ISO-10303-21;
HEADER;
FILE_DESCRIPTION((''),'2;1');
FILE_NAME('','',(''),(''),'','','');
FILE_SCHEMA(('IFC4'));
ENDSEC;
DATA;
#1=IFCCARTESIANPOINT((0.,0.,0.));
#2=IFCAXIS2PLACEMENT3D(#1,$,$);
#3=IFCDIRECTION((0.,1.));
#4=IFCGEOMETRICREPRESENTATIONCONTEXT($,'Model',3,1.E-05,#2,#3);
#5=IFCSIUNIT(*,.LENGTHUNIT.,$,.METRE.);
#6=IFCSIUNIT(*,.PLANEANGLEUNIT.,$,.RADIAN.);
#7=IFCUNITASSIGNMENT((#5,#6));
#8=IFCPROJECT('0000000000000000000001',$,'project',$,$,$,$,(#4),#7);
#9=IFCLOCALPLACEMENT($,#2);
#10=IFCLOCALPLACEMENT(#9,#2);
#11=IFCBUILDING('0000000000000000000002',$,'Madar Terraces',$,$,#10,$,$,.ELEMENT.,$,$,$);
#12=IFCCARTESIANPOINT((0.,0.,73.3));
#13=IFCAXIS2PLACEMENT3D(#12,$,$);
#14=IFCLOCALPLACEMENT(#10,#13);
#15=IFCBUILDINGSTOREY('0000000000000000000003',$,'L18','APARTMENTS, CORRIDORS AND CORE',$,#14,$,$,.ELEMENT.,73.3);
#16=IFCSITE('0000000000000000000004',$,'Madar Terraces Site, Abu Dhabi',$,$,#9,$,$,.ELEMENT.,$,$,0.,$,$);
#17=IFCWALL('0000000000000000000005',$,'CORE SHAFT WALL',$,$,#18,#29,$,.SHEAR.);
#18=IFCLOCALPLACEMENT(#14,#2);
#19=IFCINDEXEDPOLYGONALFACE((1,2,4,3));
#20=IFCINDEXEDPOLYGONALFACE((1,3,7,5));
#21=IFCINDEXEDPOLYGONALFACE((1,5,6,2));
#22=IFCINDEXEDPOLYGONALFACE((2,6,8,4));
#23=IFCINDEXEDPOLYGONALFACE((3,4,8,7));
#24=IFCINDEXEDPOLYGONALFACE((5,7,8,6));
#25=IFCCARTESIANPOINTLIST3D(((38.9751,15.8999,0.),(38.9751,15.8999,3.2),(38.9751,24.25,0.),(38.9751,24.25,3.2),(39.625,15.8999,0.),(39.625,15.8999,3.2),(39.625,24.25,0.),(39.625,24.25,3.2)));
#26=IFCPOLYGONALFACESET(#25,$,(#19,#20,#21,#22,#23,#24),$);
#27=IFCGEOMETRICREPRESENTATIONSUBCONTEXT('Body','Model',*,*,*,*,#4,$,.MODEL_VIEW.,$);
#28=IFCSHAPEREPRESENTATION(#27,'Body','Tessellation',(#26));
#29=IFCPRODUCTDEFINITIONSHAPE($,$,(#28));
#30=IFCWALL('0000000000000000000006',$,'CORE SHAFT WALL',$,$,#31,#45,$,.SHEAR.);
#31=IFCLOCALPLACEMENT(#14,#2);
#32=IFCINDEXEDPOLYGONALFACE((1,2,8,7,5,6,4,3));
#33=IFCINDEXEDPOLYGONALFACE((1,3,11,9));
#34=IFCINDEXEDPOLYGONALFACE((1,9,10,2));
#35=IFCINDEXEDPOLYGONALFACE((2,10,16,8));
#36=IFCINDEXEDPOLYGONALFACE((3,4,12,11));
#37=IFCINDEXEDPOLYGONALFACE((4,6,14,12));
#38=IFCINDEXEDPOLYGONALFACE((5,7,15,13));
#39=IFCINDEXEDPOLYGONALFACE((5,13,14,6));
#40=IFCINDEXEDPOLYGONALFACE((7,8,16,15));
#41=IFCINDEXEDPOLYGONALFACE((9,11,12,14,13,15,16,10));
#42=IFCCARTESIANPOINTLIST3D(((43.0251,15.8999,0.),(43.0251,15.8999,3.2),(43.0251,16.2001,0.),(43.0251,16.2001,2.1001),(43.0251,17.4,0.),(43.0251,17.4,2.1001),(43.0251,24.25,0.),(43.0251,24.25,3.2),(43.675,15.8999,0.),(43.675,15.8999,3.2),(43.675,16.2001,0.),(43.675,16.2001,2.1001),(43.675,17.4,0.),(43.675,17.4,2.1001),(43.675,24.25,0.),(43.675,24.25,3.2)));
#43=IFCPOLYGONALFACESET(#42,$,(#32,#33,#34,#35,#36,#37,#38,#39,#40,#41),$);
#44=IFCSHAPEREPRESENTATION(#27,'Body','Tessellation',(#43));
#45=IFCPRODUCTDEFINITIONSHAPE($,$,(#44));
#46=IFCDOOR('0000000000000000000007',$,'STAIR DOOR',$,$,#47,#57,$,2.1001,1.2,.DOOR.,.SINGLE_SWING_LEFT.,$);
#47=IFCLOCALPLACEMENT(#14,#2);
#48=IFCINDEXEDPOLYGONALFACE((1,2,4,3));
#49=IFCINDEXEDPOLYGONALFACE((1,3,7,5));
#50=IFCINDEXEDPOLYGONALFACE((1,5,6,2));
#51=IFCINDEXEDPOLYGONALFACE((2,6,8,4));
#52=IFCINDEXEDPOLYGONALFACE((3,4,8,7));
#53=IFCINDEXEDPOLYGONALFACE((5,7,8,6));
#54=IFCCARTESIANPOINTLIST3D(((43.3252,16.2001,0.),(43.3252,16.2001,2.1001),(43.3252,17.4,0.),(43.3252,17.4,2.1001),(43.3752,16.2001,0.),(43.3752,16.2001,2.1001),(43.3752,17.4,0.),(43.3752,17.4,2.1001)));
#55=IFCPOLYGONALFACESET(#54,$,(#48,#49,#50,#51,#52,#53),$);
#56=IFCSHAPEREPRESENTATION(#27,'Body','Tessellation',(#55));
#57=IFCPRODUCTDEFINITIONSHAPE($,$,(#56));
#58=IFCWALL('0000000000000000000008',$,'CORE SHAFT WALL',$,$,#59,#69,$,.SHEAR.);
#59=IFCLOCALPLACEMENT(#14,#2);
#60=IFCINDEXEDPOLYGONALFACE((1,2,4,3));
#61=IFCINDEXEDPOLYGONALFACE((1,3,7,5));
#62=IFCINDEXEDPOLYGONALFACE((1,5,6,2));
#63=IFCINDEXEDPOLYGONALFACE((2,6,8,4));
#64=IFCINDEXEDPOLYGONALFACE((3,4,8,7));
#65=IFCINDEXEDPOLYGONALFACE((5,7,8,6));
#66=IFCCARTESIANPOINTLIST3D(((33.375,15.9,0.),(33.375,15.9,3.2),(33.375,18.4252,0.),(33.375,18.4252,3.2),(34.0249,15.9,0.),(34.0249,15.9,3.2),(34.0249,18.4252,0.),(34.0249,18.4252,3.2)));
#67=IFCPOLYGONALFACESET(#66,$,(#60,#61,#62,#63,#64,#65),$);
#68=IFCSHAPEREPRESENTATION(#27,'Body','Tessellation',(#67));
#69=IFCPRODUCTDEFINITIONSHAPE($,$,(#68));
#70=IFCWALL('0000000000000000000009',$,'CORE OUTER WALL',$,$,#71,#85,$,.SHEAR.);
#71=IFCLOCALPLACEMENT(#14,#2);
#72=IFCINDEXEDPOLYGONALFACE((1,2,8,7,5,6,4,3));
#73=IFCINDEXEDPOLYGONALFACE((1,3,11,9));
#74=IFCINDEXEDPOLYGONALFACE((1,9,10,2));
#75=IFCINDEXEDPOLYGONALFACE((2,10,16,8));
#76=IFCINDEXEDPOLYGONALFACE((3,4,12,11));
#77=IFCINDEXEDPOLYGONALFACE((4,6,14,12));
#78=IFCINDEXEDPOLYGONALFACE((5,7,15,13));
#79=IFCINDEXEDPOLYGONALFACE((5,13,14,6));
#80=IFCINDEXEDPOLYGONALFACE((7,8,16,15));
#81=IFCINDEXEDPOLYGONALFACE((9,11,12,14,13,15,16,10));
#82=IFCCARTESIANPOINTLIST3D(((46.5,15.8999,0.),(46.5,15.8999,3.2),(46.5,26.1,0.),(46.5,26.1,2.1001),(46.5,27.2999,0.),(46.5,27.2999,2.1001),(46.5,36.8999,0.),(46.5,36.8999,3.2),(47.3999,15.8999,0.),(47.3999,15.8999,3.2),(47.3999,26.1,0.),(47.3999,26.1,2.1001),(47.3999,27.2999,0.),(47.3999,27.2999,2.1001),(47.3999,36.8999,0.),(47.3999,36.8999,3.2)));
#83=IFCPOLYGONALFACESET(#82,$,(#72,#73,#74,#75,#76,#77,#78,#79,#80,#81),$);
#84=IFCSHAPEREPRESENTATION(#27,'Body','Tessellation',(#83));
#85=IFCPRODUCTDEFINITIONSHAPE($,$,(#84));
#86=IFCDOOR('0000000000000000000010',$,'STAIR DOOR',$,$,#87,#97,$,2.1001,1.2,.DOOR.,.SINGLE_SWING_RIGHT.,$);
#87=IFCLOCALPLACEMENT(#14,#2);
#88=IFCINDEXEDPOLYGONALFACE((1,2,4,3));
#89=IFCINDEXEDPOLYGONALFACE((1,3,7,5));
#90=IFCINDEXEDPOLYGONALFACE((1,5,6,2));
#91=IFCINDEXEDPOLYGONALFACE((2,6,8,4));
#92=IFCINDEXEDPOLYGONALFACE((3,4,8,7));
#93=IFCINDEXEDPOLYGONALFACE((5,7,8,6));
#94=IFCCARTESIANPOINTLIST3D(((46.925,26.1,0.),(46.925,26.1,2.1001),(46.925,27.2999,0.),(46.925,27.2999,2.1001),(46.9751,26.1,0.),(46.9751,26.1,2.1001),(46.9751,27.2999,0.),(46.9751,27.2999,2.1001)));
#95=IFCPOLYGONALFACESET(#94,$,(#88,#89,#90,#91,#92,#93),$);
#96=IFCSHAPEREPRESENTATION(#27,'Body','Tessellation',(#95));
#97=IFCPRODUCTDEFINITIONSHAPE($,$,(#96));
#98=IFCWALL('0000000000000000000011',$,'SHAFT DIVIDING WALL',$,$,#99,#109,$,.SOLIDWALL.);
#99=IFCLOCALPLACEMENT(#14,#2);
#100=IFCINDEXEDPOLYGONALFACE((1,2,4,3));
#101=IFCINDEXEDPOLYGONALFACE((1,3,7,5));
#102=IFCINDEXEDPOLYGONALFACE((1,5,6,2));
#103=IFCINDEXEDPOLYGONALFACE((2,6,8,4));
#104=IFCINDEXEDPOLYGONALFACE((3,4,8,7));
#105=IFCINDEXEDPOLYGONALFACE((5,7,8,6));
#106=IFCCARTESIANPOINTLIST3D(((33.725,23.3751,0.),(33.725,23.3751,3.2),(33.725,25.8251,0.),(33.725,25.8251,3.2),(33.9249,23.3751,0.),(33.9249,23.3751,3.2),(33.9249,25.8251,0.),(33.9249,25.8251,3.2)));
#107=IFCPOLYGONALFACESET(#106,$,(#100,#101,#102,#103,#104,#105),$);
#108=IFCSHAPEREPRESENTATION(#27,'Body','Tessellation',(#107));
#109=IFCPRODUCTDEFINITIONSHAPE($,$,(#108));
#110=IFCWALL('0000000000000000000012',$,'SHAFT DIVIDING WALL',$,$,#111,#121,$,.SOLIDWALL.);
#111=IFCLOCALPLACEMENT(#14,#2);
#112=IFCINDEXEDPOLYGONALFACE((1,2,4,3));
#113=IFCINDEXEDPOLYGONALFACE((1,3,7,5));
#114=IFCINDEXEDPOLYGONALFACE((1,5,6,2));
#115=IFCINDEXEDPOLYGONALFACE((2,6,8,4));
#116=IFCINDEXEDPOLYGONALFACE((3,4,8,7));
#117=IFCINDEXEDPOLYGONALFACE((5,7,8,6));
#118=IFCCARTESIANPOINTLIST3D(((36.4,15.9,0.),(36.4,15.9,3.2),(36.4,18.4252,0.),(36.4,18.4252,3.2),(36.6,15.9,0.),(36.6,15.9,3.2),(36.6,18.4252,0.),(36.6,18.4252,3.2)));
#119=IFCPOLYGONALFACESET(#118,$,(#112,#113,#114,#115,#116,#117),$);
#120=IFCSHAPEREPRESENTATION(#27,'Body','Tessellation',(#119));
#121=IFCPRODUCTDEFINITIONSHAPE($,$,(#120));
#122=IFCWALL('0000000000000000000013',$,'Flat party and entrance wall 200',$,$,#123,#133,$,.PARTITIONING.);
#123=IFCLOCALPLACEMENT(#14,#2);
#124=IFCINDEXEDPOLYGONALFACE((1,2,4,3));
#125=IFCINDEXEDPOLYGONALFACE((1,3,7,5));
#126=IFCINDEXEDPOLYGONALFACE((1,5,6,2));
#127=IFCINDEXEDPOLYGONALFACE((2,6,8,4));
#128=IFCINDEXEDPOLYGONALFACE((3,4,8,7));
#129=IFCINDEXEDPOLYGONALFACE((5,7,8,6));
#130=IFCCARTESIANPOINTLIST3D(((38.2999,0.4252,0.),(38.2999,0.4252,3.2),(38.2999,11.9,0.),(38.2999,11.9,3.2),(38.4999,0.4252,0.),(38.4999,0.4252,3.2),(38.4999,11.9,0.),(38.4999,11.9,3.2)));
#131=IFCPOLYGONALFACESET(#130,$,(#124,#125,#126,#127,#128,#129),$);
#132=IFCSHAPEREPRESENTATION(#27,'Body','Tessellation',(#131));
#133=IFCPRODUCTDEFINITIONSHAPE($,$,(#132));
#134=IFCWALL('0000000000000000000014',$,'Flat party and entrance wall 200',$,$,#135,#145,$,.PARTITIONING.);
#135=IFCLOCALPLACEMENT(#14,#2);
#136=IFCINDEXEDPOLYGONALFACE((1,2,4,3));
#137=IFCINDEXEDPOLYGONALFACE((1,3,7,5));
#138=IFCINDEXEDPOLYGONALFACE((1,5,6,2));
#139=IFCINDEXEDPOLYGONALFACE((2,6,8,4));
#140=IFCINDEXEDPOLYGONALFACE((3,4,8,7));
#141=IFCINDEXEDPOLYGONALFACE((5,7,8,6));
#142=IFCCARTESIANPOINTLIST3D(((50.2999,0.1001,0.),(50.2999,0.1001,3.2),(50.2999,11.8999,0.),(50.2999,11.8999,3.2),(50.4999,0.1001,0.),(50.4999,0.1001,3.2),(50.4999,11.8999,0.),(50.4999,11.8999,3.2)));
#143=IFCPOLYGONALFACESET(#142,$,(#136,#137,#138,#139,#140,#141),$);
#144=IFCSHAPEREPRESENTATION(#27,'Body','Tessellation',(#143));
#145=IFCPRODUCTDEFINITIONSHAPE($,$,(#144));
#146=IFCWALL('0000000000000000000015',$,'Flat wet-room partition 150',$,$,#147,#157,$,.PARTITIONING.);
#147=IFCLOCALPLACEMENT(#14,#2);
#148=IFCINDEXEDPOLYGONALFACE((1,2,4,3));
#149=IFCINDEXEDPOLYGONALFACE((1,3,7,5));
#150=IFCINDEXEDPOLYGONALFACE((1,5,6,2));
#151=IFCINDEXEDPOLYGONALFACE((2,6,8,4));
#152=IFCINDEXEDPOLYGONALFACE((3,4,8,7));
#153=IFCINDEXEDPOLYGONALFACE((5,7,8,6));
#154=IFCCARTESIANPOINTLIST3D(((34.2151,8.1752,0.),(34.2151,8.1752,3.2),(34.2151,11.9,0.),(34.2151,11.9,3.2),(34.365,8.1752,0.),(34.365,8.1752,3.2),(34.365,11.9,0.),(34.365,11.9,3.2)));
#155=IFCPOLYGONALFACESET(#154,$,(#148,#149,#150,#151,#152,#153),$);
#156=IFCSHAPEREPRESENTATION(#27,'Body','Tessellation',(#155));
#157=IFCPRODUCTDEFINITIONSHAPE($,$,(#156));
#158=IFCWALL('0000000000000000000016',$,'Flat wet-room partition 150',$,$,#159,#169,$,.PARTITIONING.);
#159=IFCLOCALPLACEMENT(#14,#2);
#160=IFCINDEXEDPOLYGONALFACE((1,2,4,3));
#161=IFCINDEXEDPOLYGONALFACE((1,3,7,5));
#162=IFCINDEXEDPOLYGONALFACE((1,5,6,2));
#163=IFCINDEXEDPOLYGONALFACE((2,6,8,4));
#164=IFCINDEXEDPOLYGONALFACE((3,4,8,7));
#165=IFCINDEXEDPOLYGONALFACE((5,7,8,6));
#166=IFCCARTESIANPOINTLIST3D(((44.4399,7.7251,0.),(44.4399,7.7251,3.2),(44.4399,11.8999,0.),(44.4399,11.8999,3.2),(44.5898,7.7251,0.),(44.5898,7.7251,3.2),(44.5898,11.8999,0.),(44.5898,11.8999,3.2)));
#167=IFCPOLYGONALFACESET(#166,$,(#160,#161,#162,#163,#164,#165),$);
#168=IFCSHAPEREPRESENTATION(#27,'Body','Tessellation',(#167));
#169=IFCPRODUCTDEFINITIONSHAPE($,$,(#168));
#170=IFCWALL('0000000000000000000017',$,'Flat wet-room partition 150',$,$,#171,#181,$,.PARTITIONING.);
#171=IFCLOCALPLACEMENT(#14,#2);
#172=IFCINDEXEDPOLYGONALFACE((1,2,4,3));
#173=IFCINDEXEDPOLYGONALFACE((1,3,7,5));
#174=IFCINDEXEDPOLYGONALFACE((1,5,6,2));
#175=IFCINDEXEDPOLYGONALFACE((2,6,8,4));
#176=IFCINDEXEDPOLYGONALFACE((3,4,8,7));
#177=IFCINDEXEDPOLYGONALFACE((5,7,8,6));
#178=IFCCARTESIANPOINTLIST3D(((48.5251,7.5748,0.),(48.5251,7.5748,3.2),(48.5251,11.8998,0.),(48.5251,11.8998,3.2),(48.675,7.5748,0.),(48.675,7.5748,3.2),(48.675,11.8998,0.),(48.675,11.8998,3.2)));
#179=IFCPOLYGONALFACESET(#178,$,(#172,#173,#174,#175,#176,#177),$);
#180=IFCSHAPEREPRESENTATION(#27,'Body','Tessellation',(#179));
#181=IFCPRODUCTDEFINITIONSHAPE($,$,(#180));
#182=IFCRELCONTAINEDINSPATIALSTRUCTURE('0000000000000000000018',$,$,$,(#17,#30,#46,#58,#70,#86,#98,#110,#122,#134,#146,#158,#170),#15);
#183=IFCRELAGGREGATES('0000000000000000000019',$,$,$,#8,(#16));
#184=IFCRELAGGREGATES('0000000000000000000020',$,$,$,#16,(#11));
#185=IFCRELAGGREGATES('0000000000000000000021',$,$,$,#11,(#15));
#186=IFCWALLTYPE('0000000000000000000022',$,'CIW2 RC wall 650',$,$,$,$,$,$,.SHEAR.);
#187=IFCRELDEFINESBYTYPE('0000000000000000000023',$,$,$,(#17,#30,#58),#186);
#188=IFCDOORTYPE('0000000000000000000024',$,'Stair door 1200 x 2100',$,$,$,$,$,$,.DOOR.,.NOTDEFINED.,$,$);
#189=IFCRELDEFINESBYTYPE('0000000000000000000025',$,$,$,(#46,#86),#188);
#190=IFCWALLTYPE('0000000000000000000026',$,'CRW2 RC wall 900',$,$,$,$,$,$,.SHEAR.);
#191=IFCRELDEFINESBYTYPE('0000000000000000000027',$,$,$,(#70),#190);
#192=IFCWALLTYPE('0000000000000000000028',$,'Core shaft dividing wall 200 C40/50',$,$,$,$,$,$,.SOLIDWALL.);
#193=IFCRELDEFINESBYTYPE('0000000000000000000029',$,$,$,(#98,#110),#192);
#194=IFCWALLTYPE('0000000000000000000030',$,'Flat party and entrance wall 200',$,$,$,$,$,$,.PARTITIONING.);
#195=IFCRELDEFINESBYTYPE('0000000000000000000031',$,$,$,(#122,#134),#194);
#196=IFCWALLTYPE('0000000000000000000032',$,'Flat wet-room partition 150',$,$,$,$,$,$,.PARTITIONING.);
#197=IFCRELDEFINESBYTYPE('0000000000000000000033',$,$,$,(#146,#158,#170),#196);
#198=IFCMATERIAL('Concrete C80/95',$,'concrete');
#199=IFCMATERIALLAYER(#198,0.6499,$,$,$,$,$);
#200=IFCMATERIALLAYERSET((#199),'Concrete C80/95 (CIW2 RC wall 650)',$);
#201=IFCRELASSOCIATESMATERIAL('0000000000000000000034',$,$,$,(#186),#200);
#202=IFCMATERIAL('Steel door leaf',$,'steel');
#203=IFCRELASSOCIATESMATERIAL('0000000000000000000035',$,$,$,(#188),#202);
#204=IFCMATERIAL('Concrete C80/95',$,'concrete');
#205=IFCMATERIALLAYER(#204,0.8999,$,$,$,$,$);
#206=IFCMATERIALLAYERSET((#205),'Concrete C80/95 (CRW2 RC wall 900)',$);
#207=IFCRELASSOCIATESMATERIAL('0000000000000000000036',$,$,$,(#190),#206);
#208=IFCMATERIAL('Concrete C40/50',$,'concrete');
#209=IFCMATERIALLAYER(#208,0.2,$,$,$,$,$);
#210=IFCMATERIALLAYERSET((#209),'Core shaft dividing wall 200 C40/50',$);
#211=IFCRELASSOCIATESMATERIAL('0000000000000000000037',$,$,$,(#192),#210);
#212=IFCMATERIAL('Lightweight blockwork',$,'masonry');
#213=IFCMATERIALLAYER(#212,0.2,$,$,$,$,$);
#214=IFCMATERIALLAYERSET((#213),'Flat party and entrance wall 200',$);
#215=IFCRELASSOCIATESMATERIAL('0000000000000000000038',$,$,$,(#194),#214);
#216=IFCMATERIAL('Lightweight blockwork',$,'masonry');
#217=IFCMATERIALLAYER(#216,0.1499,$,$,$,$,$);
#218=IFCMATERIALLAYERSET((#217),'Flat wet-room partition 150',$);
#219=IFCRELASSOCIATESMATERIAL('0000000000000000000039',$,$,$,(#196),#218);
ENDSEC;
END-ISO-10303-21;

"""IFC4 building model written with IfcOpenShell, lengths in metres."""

from ifc_helpers import new_model, si_unit, direction, frame, frame_2d, origin, place, context, subcontext, project, spatial, rectangle, extrude, material, layer, layer_set, type_object, element, fill, save


model = new_model("IFC4")

# Units and contexts
model_context = context("Model", 3, precision=1e-05, world=origin(), true_north=direction((0.0, 1.0)))
body_context = subcontext(model_context, "Body", "Model", "MODEL_VIEW")
ifc_project = project(units=[si_unit("LENGTHUNIT", "METRE"), si_unit("PLANEANGLEUNIT", "RADIAN")], contexts=[model_context])

# Site, building, storey
site_placement = place(None, origin())
site = spatial("IfcSite", under=ifc_project, at=site_placement, Name="Madar Terraces Site, Abu Dhabi", CompositionType="ELEMENT", RefElevation=0.0)
building_placement = place(site_placement, origin())
building = spatial("IfcBuilding", under=site, at=building_placement, Name="Madar Terraces", CompositionType="ELEMENT")
storey_placement = place(building_placement, frame((0.0, 0.0, 73.3)))
storey = spatial("IfcBuildingStorey", under=building, at=storey_placement, Name="L18", Description="APARTMENTS, CORRIDORS AND CORE", CompositionType="ELEMENT", Elevation=73.3)

# Wall
ifc_material_1 = material(Name="Concrete C80/95", Category="concrete")
ifc_layer_1 = layer(ifc_material_1, 0.6499)
ifc_layer_set_1 = layer_set([ifc_layer_1], Name="Concrete C80/95 (CIW2 RC wall 650)")
wall_type_1 = type_object("IfcWallType", Name="CIW2 RC wall 650", PredefinedType="SHEAR", material=ifc_layer_set_1)
wall_1_placement = place(storey_placement, frame((39.3, 15.8999, 0.0), z_axis=(0.0, 0.0, 1.0), x_axis=(0.0, 1.0, 0.0)))
element("IfcWall", 1, at=wall_1_placement, inside=storey, type_object=wall_type_1, Name="CORE SHAFT WALL", PredefinedType="SHEAR", context=body_context, shape_type="SweptSolid", body=[
    extrude(rectangle(XDim=8.3501, YDim=0.6499, at=frame_2d((4.175, 0.0))), origin(), (0.0, 0.0, 1.0), 3.2),
])

# Wall, opening, door
wall_2_placement = place(storey_placement, frame((43.3501, 15.8999, 0.0), z_axis=(0.0, 0.0, 1.0), x_axis=(0.0, 1.0, 0.0)))
wall_2 = element("IfcWall", 2, at=wall_2_placement, inside=storey, type_object=wall_type_1, Name="CORE SHAFT WALL", PredefinedType="SHEAR", context=body_context, shape_type="SweptSolid", body=[
    extrude(rectangle(XDim=8.3501, YDim=0.6499, at=frame_2d((4.175, 0.0))), origin(), (0.0, 0.0, 1.0), 3.2),
])
opening_1_placement = place(wall_2_placement, frame((0.3, 0.0, 0.0)))
opening_1 = element("IfcOpeningElement", 3, at=opening_1_placement, cuts=wall_2, PredefinedType="OPENING", context=body_context, shape_type="SweptSolid", body=[
    extrude(rectangle(XDim=1.2, YDim=2.1001, at=frame_2d((0.6001, 1.05))), frame((0.0, 0.335, 0.0), z_axis=(0.0, -1.0, 0.0), x_axis=(1.0, 0.0, 0.0)), (0.0, 0.0, 1.0), 0.6699),
])
ifc_material_2 = material(Name="Steel door leaf", Category="steel")
door_type_1 = type_object("IfcDoorType", Name="Stair door 1200 x 2100", OperationType="NOTDEFINED", PredefinedType="DOOR", material=ifc_material_2)
door_1_placement = place(opening_1_placement, origin())
door_1 = element("IfcDoor", 4, at=door_1_placement, inside=storey, type_object=door_type_1, Name="STAIR DOOR", OperationType="SINGLE_SWING_LEFT", OverallHeight=2.1001, OverallWidth=1.2, PredefinedType="DOOR", context=body_context, shape_type="SweptSolid", body=[
    extrude(rectangle(XDim=1.2, YDim=2.1001, at=frame_2d((0.6001, 1.05))), frame((0.0, 0.0249, 0.0), z_axis=(0.0, -1.0, 0.0), x_axis=(1.0, 0.0, 0.0)), (0.0, 0.0, 1.0), 0.05),
])
fill(opening_1, door_1)

# Wall
wall_3_placement = place(storey_placement, frame((33.7, 15.8999, 0.0), z_axis=(0.0, 0.0, 1.0), x_axis=(0.0, 1.0, 0.0)))
element("IfcWall", 5, at=wall_3_placement, inside=storey, type_object=wall_type_1, Name="CORE SHAFT WALL", PredefinedType="SHEAR", context=body_context, shape_type="SweptSolid", body=[
    extrude(rectangle(XDim=2.5251, YDim=0.6499, at=frame_2d((1.2627, 0.0))), origin(), (0.0, 0.0, 1.0), 3.2),
])

# Wall, opening, door
ifc_material_3 = material(Name="Concrete C80/95", Category="concrete")
ifc_layer_2 = layer(ifc_material_3, 0.8999)
ifc_layer_set_2 = layer_set([ifc_layer_2], Name="Concrete C80/95 (CRW2 RC wall 900)")
wall_type_2 = type_object("IfcWallType", Name="CRW2 RC wall 900", PredefinedType="SHEAR", material=ifc_layer_set_2)
wall_4_placement = place(storey_placement, frame((46.95, 15.8999, 0.0), z_axis=(0.0, 0.0, 1.0), x_axis=(0.0, 1.0, 0.0)))
wall_4 = element("IfcWall", 6, at=wall_4_placement, inside=storey, type_object=wall_type_2, Name="CORE OUTER WALL", PredefinedType="SHEAR", context=body_context, shape_type="SweptSolid", body=[
    extrude(rectangle(XDim=21.0, YDim=0.8999, at=frame_2d((10.5, 0.0))), origin(), (0.0, 0.0, 1.0), 3.2),
])
opening_2_placement = place(wall_4_placement, frame((10.2, 0.0, 0.0)))
opening_2 = element("IfcOpeningElement", 7, at=opening_2_placement, cuts=wall_4, PredefinedType="OPENING", context=body_context, shape_type="SweptSolid", body=[
    extrude(rectangle(XDim=1.2, YDim=2.1001, at=frame_2d((0.6001, 1.05))), frame((0.0, 0.46, 0.0), z_axis=(0.0, -1.0, 0.0), x_axis=(1.0, 0.0, 0.0)), (0.0, 0.0, 1.0), 0.9199),
])
door_2_placement = place(opening_2_placement, origin())
door_2 = element("IfcDoor", 8, at=door_2_placement, inside=storey, type_object=door_type_1, Name="STAIR DOOR", OperationType="SINGLE_SWING_RIGHT", OverallHeight=2.1001, OverallWidth=1.2, PredefinedType="DOOR", context=body_context, shape_type="SweptSolid", body=[
    extrude(rectangle(XDim=1.2, YDim=2.1001, at=frame_2d((0.6001, 1.05))), frame((0.0, 0.0249, 0.0), z_axis=(0.0, -1.0, 0.0), x_axis=(1.0, 0.0, 0.0)), (0.0, 0.0, 1.0), 0.05),
])
fill(opening_2, door_2)

# Walls
ifc_material_4 = material(Name="Concrete C40/50", Category="concrete")
ifc_layer_3 = layer(ifc_material_4, 0.2)
ifc_layer_set_3 = layer_set([ifc_layer_3], Name="Core shaft dividing wall 200 C40/50")
wall_type_3 = type_object("IfcWallType", Name="Core shaft dividing wall 200 C40/50", PredefinedType="SOLIDWALL", material=ifc_layer_set_3)
wall_5_placement = place(storey_placement, frame((33.825, 23.375, 0.0), z_axis=(0.0, 0.0, 1.0), x_axis=(0.0, 1.0, 0.0)))
element("IfcWall", 9, at=wall_5_placement, inside=storey, type_object=wall_type_3, Name="SHAFT DIVIDING WALL", PredefinedType="SOLIDWALL", context=body_context, shape_type="SweptSolid", body=[
    extrude(rectangle(XDim=2.45, YDim=0.2, at=frame_2d((1.2251, 0.0))), origin(), (0.0, 0.0, 1.0), 3.2),
])
wall_6_placement = place(storey_placement, frame((36.5, 15.8999, 0.0), z_axis=(0.0, 0.0, 1.0), x_axis=(0.0, 1.0, 0.0)))
element("IfcWall", 10, at=wall_6_placement, inside=storey, type_object=wall_type_3, Name="SHAFT DIVIDING WALL", PredefinedType="SOLIDWALL", context=body_context, shape_type="SweptSolid", body=[
    extrude(rectangle(XDim=2.5251, YDim=0.2, at=frame_2d((1.2627, 0.0))), origin(), (0.0, 0.0, 1.0), 3.2),
])
ifc_material_5 = material(Name="Lightweight blockwork", Category="masonry")
ifc_layer_4 = layer(ifc_material_5, 0.2)
ifc_layer_set_4 = layer_set([ifc_layer_4], Name="Flat party and entrance wall 200")
wall_type_4 = type_object("IfcWallType", Name="Flat party and entrance wall 200", PredefinedType="PARTITIONING", material=ifc_layer_set_4)
wall_7_placement = place(storey_placement, frame((38.3999, 11.8999, 0.0), z_axis=(0.0, 0.0, 1.0), x_axis=(0.0, -1.0, 0.0)))
element("IfcWall", 11, at=wall_7_placement, inside=storey, type_object=wall_type_4, Name="Flat party and entrance wall 200", PredefinedType="PARTITIONING", context=body_context, shape_type="SweptSolid", body=[
    extrude(rectangle(XDim=11.4749, YDim=0.2, at=frame_2d((5.7373, 0.0))), origin(), (0.0, 0.0, 1.0), 3.2),
])
wall_8_placement = place(storey_placement, frame((50.3999, 11.8999, 0.0), z_axis=(0.0, 0.0, 1.0), x_axis=(0.0, -1.0, 0.0)))
element("IfcWall", 12, at=wall_8_placement, inside=storey, type_object=wall_type_4, Name="Flat party and entrance wall 200", PredefinedType="PARTITIONING", context=body_context, shape_type="SweptSolid", body=[
    extrude(rectangle(XDim=11.7998, YDim=0.2, at=frame_2d((5.8999, 0.0))), origin(), (0.0, 0.0, 1.0), 3.2),
])
ifc_material_6 = material(Name="Lightweight blockwork", Category="masonry")
ifc_layer_5 = layer(ifc_material_6, 0.1499)
ifc_layer_set_5 = layer_set([ifc_layer_5], Name="Flat wet-room partition 150")
wall_type_5 = type_object("IfcWallType", Name="Flat wet-room partition 150", PredefinedType="PARTITIONING", material=ifc_layer_set_5)
wall_9_placement = place(storey_placement, frame((34.29, 11.8999, 0.0), z_axis=(0.0, 0.0, 1.0), x_axis=(0.0, -1.0, 0.0)))
element("IfcWall", 13, at=wall_9_placement, inside=storey, type_object=wall_type_5, Name="Flat wet-room partition 150", PredefinedType="PARTITIONING", context=body_context, shape_type="SweptSolid", body=[
    extrude(rectangle(XDim=3.7249, YDim=0.1499, at=frame_2d((1.8623, 0.0))), origin(), (0.0, 0.0, 1.0), 3.2),
])
wall_10_placement = place(storey_placement, frame((44.5149, 11.8999, 0.0), z_axis=(0.0, 0.0, 1.0), x_axis=(0.0, -1.0, 0.0)))
element("IfcWall", 14, at=wall_10_placement, inside=storey, type_object=wall_type_5, Name="Flat wet-room partition 150", PredefinedType="PARTITIONING", context=body_context, shape_type="SweptSolid", body=[
    extrude(rectangle(XDim=4.1748, YDim=0.1499, at=frame_2d((2.0874, 0.0))), origin(), (0.0, 0.0, 1.0), 3.2),
])
wall_11_placement = place(storey_placement, frame((48.6001, 11.8999, 0.0), z_axis=(0.0, 0.0, 1.0), x_axis=(0.0, -1.0, 0.0)))
element("IfcWall", 15, at=wall_11_placement, inside=storey, type_object=wall_type_5, Name="Flat wet-room partition 150", PredefinedType="PARTITIONING", context=body_context, shape_type="SweptSolid", body=[
    extrude(rectangle(XDim=4.325, YDim=0.1499, at=frame_2d((2.1626, 0.0))), origin(), (0.0, 0.0, 1.0), 3.2),
])

save(model, "model.ifc")
